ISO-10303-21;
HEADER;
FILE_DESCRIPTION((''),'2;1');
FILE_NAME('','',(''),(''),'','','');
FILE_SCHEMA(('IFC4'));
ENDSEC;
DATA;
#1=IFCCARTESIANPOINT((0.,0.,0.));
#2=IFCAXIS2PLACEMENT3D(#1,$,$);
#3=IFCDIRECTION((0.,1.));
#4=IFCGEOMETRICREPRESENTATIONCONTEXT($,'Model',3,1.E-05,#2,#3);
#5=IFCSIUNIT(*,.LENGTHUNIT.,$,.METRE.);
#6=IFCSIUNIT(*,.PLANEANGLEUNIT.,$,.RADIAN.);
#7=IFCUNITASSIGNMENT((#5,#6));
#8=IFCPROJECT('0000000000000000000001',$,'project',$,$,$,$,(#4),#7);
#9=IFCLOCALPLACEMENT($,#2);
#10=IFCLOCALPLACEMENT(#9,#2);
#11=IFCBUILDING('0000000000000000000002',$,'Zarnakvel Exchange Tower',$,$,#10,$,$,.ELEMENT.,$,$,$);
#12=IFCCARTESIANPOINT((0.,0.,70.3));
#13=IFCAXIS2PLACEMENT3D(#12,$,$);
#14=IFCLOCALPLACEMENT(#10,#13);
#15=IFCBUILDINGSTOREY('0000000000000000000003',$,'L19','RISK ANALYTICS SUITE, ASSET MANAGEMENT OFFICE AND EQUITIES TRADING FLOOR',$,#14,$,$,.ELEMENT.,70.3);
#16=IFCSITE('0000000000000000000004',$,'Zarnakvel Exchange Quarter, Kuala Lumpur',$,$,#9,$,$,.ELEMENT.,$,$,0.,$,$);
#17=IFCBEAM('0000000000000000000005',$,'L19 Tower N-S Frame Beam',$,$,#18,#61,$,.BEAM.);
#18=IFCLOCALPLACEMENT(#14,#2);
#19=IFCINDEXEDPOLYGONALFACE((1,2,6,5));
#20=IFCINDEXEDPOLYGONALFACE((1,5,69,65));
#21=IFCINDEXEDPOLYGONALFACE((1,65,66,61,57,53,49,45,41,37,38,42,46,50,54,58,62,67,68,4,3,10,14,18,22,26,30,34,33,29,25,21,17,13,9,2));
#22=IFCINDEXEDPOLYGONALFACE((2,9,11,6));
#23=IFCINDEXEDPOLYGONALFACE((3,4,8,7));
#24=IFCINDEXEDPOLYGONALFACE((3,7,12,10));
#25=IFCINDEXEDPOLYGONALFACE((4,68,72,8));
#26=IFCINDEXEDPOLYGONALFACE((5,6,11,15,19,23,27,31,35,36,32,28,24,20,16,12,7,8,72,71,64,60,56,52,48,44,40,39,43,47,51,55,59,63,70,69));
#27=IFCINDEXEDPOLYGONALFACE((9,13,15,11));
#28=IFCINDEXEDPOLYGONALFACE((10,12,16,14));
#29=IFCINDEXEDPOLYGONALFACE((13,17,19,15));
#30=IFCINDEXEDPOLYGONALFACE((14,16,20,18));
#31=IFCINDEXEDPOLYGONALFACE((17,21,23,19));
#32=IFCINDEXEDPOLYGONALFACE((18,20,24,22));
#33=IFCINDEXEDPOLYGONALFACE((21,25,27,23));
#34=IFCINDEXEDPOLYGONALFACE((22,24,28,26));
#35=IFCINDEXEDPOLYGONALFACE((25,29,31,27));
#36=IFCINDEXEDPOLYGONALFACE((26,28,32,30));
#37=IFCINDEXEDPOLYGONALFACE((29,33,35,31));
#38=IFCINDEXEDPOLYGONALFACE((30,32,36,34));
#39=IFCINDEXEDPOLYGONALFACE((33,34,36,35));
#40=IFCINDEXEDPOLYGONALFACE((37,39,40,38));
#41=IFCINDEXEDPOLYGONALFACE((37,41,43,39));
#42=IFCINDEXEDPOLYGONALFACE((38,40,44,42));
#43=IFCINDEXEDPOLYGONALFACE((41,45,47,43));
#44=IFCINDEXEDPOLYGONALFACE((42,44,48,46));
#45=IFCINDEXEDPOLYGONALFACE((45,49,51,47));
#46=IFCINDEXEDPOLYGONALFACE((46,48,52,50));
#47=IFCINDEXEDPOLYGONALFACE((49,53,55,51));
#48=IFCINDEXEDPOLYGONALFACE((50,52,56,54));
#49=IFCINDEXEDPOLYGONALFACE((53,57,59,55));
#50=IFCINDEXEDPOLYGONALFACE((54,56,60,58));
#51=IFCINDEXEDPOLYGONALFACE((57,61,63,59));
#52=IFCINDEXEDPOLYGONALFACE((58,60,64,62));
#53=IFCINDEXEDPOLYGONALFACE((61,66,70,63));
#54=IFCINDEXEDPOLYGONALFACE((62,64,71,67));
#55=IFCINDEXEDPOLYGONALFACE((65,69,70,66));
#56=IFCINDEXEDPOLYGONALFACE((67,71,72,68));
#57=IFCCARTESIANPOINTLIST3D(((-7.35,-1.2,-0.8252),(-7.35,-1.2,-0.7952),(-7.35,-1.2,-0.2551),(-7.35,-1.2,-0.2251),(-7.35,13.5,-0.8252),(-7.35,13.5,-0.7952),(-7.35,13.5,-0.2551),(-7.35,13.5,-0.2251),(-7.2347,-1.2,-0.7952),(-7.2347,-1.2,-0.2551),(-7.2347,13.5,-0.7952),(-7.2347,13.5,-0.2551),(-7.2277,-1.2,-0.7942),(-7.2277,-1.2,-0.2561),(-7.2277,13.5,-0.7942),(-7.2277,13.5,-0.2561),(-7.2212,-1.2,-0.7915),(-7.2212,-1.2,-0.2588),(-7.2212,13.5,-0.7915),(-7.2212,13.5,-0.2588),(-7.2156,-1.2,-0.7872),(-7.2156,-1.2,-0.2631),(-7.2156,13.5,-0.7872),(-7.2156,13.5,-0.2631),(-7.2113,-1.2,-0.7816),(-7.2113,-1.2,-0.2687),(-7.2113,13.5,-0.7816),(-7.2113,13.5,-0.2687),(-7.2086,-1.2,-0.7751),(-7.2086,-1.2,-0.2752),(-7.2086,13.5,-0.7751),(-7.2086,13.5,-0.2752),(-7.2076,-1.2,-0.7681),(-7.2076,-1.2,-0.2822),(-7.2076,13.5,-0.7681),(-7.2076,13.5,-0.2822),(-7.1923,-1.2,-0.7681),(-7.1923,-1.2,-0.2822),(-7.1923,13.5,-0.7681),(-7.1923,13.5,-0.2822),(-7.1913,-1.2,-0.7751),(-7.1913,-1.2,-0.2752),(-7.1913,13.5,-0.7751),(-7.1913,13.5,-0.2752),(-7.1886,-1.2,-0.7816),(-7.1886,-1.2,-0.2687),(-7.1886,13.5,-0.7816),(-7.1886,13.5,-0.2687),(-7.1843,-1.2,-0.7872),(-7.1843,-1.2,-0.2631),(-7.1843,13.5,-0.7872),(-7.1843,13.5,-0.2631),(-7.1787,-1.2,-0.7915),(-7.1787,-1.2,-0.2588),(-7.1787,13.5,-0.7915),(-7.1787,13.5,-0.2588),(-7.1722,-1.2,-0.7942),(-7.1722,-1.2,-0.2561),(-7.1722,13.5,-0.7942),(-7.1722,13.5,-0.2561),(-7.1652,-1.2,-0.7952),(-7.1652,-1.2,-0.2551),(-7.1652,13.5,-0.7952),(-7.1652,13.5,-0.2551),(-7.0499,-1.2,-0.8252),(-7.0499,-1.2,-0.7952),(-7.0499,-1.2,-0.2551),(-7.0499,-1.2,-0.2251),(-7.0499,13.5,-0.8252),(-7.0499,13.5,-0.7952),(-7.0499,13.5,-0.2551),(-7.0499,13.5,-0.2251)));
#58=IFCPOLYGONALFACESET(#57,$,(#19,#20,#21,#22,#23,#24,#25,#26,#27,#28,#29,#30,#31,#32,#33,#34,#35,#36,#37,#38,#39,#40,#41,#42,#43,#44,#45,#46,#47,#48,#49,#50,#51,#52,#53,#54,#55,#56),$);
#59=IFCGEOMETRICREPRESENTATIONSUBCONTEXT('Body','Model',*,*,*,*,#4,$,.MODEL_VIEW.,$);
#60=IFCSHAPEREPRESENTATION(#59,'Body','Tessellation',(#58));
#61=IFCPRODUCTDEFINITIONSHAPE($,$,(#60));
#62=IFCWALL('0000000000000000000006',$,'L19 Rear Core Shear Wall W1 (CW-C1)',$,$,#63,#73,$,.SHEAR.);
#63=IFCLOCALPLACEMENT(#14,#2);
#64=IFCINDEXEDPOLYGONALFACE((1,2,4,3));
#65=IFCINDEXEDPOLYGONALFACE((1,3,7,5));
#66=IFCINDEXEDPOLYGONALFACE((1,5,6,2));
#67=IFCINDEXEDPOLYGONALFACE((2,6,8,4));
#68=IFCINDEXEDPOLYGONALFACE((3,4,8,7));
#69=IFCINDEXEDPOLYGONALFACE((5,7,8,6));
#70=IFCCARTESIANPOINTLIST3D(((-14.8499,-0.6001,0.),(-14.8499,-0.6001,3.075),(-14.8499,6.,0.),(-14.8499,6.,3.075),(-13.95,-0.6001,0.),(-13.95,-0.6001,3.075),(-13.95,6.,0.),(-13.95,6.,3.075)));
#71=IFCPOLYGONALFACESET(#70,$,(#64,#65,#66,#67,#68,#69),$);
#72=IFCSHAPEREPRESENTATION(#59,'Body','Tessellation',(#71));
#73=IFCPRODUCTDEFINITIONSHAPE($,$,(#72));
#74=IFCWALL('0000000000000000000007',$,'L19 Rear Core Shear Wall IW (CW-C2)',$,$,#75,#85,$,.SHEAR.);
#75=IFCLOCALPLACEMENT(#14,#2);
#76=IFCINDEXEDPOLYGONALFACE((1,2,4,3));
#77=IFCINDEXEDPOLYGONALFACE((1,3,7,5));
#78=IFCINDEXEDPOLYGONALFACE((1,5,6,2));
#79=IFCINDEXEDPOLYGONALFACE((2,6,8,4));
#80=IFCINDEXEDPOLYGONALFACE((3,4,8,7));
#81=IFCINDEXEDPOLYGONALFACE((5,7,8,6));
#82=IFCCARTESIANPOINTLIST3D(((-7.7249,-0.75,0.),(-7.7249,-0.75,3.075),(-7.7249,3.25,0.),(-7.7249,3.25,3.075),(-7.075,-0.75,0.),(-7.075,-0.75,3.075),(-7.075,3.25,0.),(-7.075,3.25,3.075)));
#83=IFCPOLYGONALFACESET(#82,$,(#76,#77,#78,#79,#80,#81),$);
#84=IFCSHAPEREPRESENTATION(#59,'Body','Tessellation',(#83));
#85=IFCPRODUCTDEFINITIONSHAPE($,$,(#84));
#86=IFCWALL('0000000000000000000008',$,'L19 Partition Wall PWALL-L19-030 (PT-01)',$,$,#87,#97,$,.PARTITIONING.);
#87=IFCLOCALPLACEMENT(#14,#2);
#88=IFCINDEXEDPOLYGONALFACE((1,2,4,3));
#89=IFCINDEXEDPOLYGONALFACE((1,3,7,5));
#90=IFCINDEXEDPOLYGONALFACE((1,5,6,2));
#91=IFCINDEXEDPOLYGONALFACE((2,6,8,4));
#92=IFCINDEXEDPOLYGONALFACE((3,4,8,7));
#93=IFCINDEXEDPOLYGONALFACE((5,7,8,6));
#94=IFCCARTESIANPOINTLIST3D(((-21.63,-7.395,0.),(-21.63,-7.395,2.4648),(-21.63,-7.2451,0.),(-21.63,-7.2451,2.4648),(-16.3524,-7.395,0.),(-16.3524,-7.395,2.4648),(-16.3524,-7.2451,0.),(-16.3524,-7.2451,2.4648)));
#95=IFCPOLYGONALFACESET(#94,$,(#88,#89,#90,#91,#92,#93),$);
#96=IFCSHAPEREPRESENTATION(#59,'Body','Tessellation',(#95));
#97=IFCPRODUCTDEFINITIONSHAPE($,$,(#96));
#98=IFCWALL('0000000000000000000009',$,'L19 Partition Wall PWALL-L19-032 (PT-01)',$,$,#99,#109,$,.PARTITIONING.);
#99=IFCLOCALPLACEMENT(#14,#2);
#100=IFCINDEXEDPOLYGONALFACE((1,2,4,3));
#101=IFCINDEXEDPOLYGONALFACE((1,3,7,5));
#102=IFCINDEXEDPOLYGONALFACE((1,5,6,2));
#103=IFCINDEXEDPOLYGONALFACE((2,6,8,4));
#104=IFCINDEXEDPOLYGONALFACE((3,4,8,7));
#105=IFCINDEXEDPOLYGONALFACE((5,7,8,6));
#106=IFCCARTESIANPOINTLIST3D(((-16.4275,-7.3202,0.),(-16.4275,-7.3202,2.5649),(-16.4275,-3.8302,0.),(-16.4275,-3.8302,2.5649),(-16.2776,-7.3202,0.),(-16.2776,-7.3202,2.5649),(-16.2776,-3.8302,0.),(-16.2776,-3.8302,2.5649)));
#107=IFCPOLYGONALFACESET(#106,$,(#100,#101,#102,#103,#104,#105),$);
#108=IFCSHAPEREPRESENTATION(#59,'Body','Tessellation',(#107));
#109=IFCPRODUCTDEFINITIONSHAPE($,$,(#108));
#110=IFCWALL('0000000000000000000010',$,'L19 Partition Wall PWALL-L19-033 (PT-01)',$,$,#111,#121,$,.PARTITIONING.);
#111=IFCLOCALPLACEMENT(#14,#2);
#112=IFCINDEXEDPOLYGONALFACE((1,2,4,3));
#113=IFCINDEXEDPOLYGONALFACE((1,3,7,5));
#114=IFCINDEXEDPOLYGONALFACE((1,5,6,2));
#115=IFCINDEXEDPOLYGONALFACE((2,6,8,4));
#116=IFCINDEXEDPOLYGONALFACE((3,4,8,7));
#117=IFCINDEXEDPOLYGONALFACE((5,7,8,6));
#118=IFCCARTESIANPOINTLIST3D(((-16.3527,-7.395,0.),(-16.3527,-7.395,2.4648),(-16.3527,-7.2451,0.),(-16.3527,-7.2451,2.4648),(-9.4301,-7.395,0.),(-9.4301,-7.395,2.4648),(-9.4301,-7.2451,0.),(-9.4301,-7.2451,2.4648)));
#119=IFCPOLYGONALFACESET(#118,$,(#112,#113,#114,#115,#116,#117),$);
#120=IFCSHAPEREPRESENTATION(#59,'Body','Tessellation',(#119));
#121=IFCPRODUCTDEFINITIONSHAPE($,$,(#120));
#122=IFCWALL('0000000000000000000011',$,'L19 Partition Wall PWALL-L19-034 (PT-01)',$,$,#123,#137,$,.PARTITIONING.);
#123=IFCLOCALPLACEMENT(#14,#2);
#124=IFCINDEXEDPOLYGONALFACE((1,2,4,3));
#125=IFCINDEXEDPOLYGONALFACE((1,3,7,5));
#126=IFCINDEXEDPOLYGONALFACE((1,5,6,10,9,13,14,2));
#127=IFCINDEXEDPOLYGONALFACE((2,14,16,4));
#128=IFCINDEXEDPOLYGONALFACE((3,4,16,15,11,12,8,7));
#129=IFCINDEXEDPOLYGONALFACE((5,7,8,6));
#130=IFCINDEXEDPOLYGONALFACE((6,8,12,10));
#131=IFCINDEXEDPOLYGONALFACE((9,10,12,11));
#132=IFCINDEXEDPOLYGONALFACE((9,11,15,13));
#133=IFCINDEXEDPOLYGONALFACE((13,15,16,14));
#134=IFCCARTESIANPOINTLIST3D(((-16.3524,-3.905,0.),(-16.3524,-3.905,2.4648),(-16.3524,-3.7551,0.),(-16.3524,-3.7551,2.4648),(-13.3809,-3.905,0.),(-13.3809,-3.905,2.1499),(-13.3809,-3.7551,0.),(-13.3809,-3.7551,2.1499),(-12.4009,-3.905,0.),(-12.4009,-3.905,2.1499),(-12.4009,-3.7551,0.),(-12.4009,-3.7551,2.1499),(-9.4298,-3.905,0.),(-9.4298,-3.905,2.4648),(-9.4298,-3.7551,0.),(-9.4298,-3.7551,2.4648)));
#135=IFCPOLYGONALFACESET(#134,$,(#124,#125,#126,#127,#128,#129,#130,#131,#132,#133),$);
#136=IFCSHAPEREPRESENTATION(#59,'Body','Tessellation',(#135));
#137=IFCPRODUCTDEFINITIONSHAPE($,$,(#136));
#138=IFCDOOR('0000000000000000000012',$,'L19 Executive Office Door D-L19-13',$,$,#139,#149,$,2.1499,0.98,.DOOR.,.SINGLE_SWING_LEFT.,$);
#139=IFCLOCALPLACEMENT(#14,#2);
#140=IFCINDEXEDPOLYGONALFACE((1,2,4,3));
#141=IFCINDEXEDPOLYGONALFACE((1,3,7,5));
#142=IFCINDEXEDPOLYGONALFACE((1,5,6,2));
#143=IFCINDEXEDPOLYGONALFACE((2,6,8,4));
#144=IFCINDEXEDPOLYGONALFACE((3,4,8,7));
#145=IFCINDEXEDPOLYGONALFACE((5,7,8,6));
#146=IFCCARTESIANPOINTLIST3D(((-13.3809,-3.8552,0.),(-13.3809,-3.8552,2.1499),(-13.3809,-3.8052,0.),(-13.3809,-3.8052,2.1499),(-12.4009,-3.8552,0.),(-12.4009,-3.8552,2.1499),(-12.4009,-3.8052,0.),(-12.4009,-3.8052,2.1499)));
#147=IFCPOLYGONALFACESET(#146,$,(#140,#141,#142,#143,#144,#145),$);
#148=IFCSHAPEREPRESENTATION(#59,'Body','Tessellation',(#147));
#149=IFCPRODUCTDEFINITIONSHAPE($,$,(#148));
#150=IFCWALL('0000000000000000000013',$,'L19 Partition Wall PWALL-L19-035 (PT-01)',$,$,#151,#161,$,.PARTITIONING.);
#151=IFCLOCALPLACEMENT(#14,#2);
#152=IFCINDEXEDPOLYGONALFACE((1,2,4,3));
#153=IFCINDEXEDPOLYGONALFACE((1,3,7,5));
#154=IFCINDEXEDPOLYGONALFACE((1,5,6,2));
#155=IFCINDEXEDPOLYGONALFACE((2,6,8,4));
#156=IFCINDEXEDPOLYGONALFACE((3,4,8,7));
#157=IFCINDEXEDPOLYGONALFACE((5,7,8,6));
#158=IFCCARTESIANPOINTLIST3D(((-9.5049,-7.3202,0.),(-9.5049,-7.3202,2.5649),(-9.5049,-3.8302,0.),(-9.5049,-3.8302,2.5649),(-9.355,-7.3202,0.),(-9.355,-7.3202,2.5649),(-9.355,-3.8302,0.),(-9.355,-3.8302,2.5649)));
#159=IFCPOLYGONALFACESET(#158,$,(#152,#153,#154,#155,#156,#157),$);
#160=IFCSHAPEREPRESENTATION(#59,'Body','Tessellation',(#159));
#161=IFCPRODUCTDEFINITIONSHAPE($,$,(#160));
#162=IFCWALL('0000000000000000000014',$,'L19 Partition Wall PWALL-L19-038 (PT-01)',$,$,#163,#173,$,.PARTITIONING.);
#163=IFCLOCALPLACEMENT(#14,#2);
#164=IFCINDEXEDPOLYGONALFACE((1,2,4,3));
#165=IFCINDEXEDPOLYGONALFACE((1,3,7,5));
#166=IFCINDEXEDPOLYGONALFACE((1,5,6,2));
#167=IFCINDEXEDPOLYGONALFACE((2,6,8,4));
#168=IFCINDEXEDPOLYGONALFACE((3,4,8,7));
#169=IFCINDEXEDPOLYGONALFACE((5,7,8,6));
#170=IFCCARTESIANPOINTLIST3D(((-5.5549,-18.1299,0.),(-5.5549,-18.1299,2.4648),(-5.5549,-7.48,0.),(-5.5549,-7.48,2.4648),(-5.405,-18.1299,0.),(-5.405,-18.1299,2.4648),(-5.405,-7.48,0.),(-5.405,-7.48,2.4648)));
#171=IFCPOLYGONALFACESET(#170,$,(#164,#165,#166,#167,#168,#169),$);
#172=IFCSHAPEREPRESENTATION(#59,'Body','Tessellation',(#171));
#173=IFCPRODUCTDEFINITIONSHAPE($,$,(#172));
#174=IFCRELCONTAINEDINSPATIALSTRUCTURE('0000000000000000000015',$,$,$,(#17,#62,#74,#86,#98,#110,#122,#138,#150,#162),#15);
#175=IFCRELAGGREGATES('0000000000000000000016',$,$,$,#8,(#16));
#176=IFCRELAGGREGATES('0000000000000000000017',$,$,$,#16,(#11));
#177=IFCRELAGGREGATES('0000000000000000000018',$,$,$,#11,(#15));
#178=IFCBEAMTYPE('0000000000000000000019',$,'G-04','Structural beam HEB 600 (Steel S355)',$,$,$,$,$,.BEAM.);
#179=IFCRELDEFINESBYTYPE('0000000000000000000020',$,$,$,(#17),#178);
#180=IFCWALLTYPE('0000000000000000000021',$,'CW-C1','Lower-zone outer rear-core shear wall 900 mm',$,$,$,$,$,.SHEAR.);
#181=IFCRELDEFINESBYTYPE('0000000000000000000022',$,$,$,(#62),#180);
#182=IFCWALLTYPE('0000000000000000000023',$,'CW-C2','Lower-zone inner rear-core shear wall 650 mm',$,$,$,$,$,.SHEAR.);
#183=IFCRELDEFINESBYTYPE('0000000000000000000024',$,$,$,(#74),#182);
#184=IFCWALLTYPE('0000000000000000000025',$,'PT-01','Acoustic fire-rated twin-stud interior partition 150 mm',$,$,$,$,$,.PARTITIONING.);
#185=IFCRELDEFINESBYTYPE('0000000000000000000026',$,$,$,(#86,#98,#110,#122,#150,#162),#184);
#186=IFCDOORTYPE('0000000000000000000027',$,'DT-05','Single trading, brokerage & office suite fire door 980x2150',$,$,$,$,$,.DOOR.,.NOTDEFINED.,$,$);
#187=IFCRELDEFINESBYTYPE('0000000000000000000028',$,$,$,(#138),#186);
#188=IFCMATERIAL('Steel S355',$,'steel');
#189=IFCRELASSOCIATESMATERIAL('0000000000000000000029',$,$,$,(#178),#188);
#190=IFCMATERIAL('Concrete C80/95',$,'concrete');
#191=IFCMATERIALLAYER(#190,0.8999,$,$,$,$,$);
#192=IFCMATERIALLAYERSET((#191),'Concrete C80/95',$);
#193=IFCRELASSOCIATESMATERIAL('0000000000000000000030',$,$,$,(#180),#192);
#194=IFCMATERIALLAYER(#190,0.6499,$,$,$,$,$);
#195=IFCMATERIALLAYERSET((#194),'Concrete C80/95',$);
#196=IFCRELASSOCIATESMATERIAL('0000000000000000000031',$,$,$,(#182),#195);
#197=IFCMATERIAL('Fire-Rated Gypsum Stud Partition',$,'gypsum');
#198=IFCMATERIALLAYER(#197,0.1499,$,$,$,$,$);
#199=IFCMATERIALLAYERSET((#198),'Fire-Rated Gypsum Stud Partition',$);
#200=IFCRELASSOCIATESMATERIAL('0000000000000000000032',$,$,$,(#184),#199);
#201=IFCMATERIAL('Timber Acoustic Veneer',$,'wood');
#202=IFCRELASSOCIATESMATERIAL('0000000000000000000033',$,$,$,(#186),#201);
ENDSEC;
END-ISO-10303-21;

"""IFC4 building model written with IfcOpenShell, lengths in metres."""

from ifc_helpers import new_model, si_unit, direction, frame, frame_2d, origin, origin_2d, place, context, subcontext, project, spatial, rectangle, i_section, extrude, source, transform, mapped, material, layer, layer_set, material_profile, profile_set, type_object, element, fill, save


model = new_model("IFC4")

# Units and contexts
model_context = context("Model", 3, precision=1e-05, world=origin(), true_north=direction((0.0, 1.0)))
body_context = subcontext(model_context, "Body", "Model", "MODEL_VIEW")
ifc_project = project(units=[si_unit("LENGTHUNIT", "METRE"), si_unit("PLANEANGLEUNIT", "RADIAN")], contexts=[model_context])

# Site, building, storey
site_placement = place(None, origin())
site = spatial("IfcSite", under=ifc_project, at=site_placement, Name="Zarnakvel Exchange Quarter, Kuala Lumpur", CompositionType="ELEMENT", RefElevation=0.0)
building_placement = place(site_placement, origin())
building = spatial("IfcBuilding", under=site, at=building_placement, Name="Zarnakvel Exchange Tower", CompositionType="ELEMENT")
storey_placement = place(building_placement, frame((0.0, 0.0, 70.3)))
storey = spatial("IfcBuildingStorey", under=building, at=storey_placement, Name="L19", Description="RISK ANALYTICS SUITE, ASSET MANAGEMENT OFFICE AND EQUITIES TRADING FLOOR", CompositionType="ELEMENT", Elevation=70.3)

# Shared definitions
ifc_material_1 = material(Name="Concrete C80/95", Category="concrete")

# Beam
ifc_material_2 = material(Name="Steel S355", Category="steel")
ifc_material_profile_1 = material_profile(ifc_material_2, i_section(OverallWidth=0.3, OverallDepth=0.6001, WebThickness=0.0154, FlangeThickness=0.03, FilletRadius=0.0271, at=origin_2d()))
ifc_profile_set_1 = profile_set([ifc_material_profile_1], Name="Steel S355")
beam_type_1 = type_object("IfcBeamType", Name="G-04", Description="Structural beam HEB 600 (Steel S355)", PredefinedType="BEAM", material=ifc_profile_set_1)
beam_1_placement = place(storey_placement, frame((-7.2, -1.2, -0.5251), z_axis=(0.0, 1.0, 0.0), x_axis=(-1.0, 0.0, 0.0)))
element("IfcBeam", 1, at=beam_1_placement, inside=storey, type_object=beam_type_1, Name="L19 Tower N-S Frame Beam", PredefinedType="BEAM", context=body_context, shape_type="SweptSolid", body=[
    extrude(i_section(OverallWidth=0.3, OverallDepth=0.6001, WebThickness=0.0154, FlangeThickness=0.03, FilletRadius=0.0271, at=origin_2d()), origin(), (0.0, 0.0, 1.0), 14.7),
])

# Wall
ifc_layer_1 = layer(ifc_material_1, 0.8999)
ifc_layer_set_1 = layer_set([ifc_layer_1], Name="Concrete C80/95")
wall_type_1 = type_object("IfcWallType", Name="CW-C1", Description="Lower-zone outer rear-core shear wall 900 mm", PredefinedType="SHEAR", material=ifc_layer_set_1)
wall_1_placement = place(storey_placement, frame((-14.3999, -0.6001, 0.0), z_axis=(0.0, 0.0, 1.0), x_axis=(0.0, 1.0, 0.0)))
element("IfcWall", 2, at=wall_1_placement, inside=storey, type_object=wall_type_1, Name="L19 Rear Core Shear Wall W1 (CW-C1)", PredefinedType="SHEAR", context=body_context, shape_type="SweptSolid", body=[
    extrude(rectangle(XDim=6.6001, YDim=0.8999, at=frame_2d((3.3, 0.0))), origin(), (0.0, 0.0, 1.0), 3.075),
])

# Walls
ifc_layer_2 = layer(ifc_material_1, 0.6499)
ifc_layer_set_2 = layer_set([ifc_layer_2], Name="Concrete C80/95")
wall_type_2 = type_object("IfcWallType", Name="CW-C2", Description="Lower-zone inner rear-core shear wall 650 mm", PredefinedType="SHEAR", material=ifc_layer_set_2)
wall_2_placement = place(storey_placement, frame((-7.3999, -0.75, 0.0), z_axis=(0.0, 0.0, 1.0), x_axis=(0.0, 1.0, 0.0)))
element("IfcWall", 3, at=wall_2_placement, inside=storey, type_object=wall_type_2, Name="L19 Rear Core Shear Wall IW (CW-C2)", PredefinedType="SHEAR", context=body_context, shape_type="SweptSolid", body=[
    extrude(rectangle(XDim=4.0, YDim=0.6499, at=frame_2d((2.0, 0.0))), origin(), (0.0, 0.0, 1.0), 3.075),
])
ifc_material_3 = material(Name="Fire-Rated Gypsum Stud Partition", Category="gypsum")
ifc_layer_3 = layer(ifc_material_3, 0.1499)
ifc_layer_set_3 = layer_set([ifc_layer_3], Name="Fire-Rated Gypsum Stud Partition")
wall_type_3 = type_object("IfcWallType", Name="PT-01", Description="Acoustic fire-rated twin-stud interior partition 150 mm", PredefinedType="PARTITIONING", material=ifc_layer_set_3)
wall_3_placement = place(storey_placement, frame((-16.3525, -7.3201, 0.0), z_axis=(0.0, 0.0, 1.0), x_axis=(-1.0, 0.0, 0.0)))
element("IfcWall", 4, at=wall_3_placement, inside=storey, type_object=wall_type_3, Name="L19 Partition Wall PWALL-L19-030 (PT-01)", PredefinedType="PARTITIONING", context=body_context, shape_type="SweptSolid", body=[
    extrude(rectangle(XDim=5.2776, YDim=0.1499, at=frame_2d((2.6387, 0.0))), origin(), (0.0, 0.0, 1.0), 2.4648),
])
wall_4_placement = place(storey_placement, frame((-16.3525, -3.8301, 0.0), z_axis=(0.0, 0.0, 1.0), x_axis=(0.0, -1.0, 0.0)))
element("IfcWall", 5, at=wall_4_placement, inside=storey, type_object=wall_type_3, Name="L19 Partition Wall PWALL-L19-032 (PT-01)", PredefinedType="PARTITIONING", context=body_context, shape_type="SweptSolid", body=[
    extrude(rectangle(XDim=3.49, YDim=0.1499, at=frame_2d((1.7451, 0.0))), origin(), (0.0, 0.0, 1.0), 2.5649),
])
wall_5_placement = place(storey_placement, frame((-9.4299, -7.3201, 0.0), z_axis=(0.0, 0.0, 1.0), x_axis=(-1.0, 0.0, 0.0)))
element("IfcWall", 6, at=wall_5_placement, inside=storey, type_object=wall_type_3, Name="L19 Partition Wall PWALL-L19-033 (PT-01)", PredefinedType="PARTITIONING", context=body_context, shape_type="SweptSolid", body=[
    extrude(rectangle(XDim=6.9226, YDim=0.1499, at=frame_2d((3.4614, 0.0))), origin(), (0.0, 0.0, 1.0), 2.4648),
])

# Wall, opening, door
wall_6_placement = place(storey_placement, frame((-16.3525, -3.8301, 0.0), z_axis=(0.0, 0.0, 1.0), x_axis=(1.0, 0.0, 0.0)))
wall_6 = element("IfcWall", 7, at=wall_6_placement, inside=storey, type_object=wall_type_3, Name="L19 Partition Wall PWALL-L19-034 (PT-01)", PredefinedType="PARTITIONING", context=body_context, shape_type="SweptSolid", body=[
    extrude(rectangle(XDim=6.9226, YDim=0.1499, at=frame_2d((3.4614, 0.0))), origin(), (0.0, 0.0, 1.0), 2.4648),
])
opening_1_placement = place(wall_6_placement, frame((2.9717, 0.0, 0.0)))
opening_1 = element("IfcOpeningElement", 8, at=opening_1_placement, cuts=wall_6, PredefinedType="OPENING", context=body_context, shape_type="SweptSolid", body=[
    extrude(rectangle(XDim=0.98, YDim=2.1499, at=frame_2d((0.49, 1.075))), frame((0.0, 0.085, 0.0), z_axis=(0.0, -1.0, 0.0), x_axis=(1.0, 0.0, 0.0)), (0.0, 0.0, 1.0), 0.1699),
])
ifc_material_4 = material(Name="Timber Acoustic Veneer", Category="wood")
door_type_1 = type_object("IfcDoorType", Name="DT-05", Description="Single trading, brokerage & office suite fire door 980x2150", OperationType="NOTDEFINED", PredefinedType="DOOR", material=ifc_material_4)
shared_shape_1 = source(origin(), body_context, "Body", "SweptSolid", [
    extrude(rectangle(XDim=0.98, YDim=2.1499, at=frame_2d((0.49, 1.075))), frame((0.0, 0.0249, 0.0), z_axis=(0.0, -1.0, 0.0), x_axis=(1.0, 0.0, 0.0)), (0.0, 0.0, 1.0), 0.05),
])
door_1_placement = place(opening_1_placement, origin())
door_1 = element("IfcDoor", 9, at=door_1_placement, inside=storey, type_object=door_type_1, Name="L19 Executive Office Door D-L19-13", OperationType="SINGLE_SWING_LEFT", OverallHeight=2.1499, OverallWidth=0.98, PredefinedType="DOOR", context=body_context, shape_type="MappedRepresentation", body=[
    mapped(shared_shape_1, transform((0.0, 0.0, 0.0), x_axis=(1.0, 0.0, 0.0), y_axis=(0.0, 1.0, 0.0), z_axis=(0.0, 0.0, 1.0), scale=1.0)),
])
fill(opening_1, door_1)

# Walls
wall_7_placement = place(storey_placement, frame((-9.4299, -3.8301, 0.0), z_axis=(0.0, 0.0, 1.0), x_axis=(0.0, -1.0, 0.0)))
element("IfcWall", 10, at=wall_7_placement, inside=storey, type_object=wall_type_3, Name="L19 Partition Wall PWALL-L19-035 (PT-01)", PredefinedType="PARTITIONING", context=body_context, shape_type="SweptSolid", body=[
    extrude(rectangle(XDim=3.49, YDim=0.1499, at=frame_2d((1.7451, 0.0))), origin(), (0.0, 0.0, 1.0), 2.5649),
])
wall_8_placement = place(storey_placement, frame((-5.48, -7.48, 0.0), z_axis=(0.0, 0.0, 1.0), x_axis=(0.0, -1.0, 0.0)))
element("IfcWall", 11, at=wall_8_placement, inside=storey, type_object=wall_type_3, Name="L19 Partition Wall PWALL-L19-038 (PT-01)", PredefinedType="PARTITIONING", context=body_context, shape_type="SweptSolid", body=[
    extrude(rectangle(XDim=10.6499, YDim=0.1499, at=frame_2d((5.325, 0.0))), origin(), (0.0, 0.0, 1.0), 2.4648),
])

save(model, "model.ifc")
